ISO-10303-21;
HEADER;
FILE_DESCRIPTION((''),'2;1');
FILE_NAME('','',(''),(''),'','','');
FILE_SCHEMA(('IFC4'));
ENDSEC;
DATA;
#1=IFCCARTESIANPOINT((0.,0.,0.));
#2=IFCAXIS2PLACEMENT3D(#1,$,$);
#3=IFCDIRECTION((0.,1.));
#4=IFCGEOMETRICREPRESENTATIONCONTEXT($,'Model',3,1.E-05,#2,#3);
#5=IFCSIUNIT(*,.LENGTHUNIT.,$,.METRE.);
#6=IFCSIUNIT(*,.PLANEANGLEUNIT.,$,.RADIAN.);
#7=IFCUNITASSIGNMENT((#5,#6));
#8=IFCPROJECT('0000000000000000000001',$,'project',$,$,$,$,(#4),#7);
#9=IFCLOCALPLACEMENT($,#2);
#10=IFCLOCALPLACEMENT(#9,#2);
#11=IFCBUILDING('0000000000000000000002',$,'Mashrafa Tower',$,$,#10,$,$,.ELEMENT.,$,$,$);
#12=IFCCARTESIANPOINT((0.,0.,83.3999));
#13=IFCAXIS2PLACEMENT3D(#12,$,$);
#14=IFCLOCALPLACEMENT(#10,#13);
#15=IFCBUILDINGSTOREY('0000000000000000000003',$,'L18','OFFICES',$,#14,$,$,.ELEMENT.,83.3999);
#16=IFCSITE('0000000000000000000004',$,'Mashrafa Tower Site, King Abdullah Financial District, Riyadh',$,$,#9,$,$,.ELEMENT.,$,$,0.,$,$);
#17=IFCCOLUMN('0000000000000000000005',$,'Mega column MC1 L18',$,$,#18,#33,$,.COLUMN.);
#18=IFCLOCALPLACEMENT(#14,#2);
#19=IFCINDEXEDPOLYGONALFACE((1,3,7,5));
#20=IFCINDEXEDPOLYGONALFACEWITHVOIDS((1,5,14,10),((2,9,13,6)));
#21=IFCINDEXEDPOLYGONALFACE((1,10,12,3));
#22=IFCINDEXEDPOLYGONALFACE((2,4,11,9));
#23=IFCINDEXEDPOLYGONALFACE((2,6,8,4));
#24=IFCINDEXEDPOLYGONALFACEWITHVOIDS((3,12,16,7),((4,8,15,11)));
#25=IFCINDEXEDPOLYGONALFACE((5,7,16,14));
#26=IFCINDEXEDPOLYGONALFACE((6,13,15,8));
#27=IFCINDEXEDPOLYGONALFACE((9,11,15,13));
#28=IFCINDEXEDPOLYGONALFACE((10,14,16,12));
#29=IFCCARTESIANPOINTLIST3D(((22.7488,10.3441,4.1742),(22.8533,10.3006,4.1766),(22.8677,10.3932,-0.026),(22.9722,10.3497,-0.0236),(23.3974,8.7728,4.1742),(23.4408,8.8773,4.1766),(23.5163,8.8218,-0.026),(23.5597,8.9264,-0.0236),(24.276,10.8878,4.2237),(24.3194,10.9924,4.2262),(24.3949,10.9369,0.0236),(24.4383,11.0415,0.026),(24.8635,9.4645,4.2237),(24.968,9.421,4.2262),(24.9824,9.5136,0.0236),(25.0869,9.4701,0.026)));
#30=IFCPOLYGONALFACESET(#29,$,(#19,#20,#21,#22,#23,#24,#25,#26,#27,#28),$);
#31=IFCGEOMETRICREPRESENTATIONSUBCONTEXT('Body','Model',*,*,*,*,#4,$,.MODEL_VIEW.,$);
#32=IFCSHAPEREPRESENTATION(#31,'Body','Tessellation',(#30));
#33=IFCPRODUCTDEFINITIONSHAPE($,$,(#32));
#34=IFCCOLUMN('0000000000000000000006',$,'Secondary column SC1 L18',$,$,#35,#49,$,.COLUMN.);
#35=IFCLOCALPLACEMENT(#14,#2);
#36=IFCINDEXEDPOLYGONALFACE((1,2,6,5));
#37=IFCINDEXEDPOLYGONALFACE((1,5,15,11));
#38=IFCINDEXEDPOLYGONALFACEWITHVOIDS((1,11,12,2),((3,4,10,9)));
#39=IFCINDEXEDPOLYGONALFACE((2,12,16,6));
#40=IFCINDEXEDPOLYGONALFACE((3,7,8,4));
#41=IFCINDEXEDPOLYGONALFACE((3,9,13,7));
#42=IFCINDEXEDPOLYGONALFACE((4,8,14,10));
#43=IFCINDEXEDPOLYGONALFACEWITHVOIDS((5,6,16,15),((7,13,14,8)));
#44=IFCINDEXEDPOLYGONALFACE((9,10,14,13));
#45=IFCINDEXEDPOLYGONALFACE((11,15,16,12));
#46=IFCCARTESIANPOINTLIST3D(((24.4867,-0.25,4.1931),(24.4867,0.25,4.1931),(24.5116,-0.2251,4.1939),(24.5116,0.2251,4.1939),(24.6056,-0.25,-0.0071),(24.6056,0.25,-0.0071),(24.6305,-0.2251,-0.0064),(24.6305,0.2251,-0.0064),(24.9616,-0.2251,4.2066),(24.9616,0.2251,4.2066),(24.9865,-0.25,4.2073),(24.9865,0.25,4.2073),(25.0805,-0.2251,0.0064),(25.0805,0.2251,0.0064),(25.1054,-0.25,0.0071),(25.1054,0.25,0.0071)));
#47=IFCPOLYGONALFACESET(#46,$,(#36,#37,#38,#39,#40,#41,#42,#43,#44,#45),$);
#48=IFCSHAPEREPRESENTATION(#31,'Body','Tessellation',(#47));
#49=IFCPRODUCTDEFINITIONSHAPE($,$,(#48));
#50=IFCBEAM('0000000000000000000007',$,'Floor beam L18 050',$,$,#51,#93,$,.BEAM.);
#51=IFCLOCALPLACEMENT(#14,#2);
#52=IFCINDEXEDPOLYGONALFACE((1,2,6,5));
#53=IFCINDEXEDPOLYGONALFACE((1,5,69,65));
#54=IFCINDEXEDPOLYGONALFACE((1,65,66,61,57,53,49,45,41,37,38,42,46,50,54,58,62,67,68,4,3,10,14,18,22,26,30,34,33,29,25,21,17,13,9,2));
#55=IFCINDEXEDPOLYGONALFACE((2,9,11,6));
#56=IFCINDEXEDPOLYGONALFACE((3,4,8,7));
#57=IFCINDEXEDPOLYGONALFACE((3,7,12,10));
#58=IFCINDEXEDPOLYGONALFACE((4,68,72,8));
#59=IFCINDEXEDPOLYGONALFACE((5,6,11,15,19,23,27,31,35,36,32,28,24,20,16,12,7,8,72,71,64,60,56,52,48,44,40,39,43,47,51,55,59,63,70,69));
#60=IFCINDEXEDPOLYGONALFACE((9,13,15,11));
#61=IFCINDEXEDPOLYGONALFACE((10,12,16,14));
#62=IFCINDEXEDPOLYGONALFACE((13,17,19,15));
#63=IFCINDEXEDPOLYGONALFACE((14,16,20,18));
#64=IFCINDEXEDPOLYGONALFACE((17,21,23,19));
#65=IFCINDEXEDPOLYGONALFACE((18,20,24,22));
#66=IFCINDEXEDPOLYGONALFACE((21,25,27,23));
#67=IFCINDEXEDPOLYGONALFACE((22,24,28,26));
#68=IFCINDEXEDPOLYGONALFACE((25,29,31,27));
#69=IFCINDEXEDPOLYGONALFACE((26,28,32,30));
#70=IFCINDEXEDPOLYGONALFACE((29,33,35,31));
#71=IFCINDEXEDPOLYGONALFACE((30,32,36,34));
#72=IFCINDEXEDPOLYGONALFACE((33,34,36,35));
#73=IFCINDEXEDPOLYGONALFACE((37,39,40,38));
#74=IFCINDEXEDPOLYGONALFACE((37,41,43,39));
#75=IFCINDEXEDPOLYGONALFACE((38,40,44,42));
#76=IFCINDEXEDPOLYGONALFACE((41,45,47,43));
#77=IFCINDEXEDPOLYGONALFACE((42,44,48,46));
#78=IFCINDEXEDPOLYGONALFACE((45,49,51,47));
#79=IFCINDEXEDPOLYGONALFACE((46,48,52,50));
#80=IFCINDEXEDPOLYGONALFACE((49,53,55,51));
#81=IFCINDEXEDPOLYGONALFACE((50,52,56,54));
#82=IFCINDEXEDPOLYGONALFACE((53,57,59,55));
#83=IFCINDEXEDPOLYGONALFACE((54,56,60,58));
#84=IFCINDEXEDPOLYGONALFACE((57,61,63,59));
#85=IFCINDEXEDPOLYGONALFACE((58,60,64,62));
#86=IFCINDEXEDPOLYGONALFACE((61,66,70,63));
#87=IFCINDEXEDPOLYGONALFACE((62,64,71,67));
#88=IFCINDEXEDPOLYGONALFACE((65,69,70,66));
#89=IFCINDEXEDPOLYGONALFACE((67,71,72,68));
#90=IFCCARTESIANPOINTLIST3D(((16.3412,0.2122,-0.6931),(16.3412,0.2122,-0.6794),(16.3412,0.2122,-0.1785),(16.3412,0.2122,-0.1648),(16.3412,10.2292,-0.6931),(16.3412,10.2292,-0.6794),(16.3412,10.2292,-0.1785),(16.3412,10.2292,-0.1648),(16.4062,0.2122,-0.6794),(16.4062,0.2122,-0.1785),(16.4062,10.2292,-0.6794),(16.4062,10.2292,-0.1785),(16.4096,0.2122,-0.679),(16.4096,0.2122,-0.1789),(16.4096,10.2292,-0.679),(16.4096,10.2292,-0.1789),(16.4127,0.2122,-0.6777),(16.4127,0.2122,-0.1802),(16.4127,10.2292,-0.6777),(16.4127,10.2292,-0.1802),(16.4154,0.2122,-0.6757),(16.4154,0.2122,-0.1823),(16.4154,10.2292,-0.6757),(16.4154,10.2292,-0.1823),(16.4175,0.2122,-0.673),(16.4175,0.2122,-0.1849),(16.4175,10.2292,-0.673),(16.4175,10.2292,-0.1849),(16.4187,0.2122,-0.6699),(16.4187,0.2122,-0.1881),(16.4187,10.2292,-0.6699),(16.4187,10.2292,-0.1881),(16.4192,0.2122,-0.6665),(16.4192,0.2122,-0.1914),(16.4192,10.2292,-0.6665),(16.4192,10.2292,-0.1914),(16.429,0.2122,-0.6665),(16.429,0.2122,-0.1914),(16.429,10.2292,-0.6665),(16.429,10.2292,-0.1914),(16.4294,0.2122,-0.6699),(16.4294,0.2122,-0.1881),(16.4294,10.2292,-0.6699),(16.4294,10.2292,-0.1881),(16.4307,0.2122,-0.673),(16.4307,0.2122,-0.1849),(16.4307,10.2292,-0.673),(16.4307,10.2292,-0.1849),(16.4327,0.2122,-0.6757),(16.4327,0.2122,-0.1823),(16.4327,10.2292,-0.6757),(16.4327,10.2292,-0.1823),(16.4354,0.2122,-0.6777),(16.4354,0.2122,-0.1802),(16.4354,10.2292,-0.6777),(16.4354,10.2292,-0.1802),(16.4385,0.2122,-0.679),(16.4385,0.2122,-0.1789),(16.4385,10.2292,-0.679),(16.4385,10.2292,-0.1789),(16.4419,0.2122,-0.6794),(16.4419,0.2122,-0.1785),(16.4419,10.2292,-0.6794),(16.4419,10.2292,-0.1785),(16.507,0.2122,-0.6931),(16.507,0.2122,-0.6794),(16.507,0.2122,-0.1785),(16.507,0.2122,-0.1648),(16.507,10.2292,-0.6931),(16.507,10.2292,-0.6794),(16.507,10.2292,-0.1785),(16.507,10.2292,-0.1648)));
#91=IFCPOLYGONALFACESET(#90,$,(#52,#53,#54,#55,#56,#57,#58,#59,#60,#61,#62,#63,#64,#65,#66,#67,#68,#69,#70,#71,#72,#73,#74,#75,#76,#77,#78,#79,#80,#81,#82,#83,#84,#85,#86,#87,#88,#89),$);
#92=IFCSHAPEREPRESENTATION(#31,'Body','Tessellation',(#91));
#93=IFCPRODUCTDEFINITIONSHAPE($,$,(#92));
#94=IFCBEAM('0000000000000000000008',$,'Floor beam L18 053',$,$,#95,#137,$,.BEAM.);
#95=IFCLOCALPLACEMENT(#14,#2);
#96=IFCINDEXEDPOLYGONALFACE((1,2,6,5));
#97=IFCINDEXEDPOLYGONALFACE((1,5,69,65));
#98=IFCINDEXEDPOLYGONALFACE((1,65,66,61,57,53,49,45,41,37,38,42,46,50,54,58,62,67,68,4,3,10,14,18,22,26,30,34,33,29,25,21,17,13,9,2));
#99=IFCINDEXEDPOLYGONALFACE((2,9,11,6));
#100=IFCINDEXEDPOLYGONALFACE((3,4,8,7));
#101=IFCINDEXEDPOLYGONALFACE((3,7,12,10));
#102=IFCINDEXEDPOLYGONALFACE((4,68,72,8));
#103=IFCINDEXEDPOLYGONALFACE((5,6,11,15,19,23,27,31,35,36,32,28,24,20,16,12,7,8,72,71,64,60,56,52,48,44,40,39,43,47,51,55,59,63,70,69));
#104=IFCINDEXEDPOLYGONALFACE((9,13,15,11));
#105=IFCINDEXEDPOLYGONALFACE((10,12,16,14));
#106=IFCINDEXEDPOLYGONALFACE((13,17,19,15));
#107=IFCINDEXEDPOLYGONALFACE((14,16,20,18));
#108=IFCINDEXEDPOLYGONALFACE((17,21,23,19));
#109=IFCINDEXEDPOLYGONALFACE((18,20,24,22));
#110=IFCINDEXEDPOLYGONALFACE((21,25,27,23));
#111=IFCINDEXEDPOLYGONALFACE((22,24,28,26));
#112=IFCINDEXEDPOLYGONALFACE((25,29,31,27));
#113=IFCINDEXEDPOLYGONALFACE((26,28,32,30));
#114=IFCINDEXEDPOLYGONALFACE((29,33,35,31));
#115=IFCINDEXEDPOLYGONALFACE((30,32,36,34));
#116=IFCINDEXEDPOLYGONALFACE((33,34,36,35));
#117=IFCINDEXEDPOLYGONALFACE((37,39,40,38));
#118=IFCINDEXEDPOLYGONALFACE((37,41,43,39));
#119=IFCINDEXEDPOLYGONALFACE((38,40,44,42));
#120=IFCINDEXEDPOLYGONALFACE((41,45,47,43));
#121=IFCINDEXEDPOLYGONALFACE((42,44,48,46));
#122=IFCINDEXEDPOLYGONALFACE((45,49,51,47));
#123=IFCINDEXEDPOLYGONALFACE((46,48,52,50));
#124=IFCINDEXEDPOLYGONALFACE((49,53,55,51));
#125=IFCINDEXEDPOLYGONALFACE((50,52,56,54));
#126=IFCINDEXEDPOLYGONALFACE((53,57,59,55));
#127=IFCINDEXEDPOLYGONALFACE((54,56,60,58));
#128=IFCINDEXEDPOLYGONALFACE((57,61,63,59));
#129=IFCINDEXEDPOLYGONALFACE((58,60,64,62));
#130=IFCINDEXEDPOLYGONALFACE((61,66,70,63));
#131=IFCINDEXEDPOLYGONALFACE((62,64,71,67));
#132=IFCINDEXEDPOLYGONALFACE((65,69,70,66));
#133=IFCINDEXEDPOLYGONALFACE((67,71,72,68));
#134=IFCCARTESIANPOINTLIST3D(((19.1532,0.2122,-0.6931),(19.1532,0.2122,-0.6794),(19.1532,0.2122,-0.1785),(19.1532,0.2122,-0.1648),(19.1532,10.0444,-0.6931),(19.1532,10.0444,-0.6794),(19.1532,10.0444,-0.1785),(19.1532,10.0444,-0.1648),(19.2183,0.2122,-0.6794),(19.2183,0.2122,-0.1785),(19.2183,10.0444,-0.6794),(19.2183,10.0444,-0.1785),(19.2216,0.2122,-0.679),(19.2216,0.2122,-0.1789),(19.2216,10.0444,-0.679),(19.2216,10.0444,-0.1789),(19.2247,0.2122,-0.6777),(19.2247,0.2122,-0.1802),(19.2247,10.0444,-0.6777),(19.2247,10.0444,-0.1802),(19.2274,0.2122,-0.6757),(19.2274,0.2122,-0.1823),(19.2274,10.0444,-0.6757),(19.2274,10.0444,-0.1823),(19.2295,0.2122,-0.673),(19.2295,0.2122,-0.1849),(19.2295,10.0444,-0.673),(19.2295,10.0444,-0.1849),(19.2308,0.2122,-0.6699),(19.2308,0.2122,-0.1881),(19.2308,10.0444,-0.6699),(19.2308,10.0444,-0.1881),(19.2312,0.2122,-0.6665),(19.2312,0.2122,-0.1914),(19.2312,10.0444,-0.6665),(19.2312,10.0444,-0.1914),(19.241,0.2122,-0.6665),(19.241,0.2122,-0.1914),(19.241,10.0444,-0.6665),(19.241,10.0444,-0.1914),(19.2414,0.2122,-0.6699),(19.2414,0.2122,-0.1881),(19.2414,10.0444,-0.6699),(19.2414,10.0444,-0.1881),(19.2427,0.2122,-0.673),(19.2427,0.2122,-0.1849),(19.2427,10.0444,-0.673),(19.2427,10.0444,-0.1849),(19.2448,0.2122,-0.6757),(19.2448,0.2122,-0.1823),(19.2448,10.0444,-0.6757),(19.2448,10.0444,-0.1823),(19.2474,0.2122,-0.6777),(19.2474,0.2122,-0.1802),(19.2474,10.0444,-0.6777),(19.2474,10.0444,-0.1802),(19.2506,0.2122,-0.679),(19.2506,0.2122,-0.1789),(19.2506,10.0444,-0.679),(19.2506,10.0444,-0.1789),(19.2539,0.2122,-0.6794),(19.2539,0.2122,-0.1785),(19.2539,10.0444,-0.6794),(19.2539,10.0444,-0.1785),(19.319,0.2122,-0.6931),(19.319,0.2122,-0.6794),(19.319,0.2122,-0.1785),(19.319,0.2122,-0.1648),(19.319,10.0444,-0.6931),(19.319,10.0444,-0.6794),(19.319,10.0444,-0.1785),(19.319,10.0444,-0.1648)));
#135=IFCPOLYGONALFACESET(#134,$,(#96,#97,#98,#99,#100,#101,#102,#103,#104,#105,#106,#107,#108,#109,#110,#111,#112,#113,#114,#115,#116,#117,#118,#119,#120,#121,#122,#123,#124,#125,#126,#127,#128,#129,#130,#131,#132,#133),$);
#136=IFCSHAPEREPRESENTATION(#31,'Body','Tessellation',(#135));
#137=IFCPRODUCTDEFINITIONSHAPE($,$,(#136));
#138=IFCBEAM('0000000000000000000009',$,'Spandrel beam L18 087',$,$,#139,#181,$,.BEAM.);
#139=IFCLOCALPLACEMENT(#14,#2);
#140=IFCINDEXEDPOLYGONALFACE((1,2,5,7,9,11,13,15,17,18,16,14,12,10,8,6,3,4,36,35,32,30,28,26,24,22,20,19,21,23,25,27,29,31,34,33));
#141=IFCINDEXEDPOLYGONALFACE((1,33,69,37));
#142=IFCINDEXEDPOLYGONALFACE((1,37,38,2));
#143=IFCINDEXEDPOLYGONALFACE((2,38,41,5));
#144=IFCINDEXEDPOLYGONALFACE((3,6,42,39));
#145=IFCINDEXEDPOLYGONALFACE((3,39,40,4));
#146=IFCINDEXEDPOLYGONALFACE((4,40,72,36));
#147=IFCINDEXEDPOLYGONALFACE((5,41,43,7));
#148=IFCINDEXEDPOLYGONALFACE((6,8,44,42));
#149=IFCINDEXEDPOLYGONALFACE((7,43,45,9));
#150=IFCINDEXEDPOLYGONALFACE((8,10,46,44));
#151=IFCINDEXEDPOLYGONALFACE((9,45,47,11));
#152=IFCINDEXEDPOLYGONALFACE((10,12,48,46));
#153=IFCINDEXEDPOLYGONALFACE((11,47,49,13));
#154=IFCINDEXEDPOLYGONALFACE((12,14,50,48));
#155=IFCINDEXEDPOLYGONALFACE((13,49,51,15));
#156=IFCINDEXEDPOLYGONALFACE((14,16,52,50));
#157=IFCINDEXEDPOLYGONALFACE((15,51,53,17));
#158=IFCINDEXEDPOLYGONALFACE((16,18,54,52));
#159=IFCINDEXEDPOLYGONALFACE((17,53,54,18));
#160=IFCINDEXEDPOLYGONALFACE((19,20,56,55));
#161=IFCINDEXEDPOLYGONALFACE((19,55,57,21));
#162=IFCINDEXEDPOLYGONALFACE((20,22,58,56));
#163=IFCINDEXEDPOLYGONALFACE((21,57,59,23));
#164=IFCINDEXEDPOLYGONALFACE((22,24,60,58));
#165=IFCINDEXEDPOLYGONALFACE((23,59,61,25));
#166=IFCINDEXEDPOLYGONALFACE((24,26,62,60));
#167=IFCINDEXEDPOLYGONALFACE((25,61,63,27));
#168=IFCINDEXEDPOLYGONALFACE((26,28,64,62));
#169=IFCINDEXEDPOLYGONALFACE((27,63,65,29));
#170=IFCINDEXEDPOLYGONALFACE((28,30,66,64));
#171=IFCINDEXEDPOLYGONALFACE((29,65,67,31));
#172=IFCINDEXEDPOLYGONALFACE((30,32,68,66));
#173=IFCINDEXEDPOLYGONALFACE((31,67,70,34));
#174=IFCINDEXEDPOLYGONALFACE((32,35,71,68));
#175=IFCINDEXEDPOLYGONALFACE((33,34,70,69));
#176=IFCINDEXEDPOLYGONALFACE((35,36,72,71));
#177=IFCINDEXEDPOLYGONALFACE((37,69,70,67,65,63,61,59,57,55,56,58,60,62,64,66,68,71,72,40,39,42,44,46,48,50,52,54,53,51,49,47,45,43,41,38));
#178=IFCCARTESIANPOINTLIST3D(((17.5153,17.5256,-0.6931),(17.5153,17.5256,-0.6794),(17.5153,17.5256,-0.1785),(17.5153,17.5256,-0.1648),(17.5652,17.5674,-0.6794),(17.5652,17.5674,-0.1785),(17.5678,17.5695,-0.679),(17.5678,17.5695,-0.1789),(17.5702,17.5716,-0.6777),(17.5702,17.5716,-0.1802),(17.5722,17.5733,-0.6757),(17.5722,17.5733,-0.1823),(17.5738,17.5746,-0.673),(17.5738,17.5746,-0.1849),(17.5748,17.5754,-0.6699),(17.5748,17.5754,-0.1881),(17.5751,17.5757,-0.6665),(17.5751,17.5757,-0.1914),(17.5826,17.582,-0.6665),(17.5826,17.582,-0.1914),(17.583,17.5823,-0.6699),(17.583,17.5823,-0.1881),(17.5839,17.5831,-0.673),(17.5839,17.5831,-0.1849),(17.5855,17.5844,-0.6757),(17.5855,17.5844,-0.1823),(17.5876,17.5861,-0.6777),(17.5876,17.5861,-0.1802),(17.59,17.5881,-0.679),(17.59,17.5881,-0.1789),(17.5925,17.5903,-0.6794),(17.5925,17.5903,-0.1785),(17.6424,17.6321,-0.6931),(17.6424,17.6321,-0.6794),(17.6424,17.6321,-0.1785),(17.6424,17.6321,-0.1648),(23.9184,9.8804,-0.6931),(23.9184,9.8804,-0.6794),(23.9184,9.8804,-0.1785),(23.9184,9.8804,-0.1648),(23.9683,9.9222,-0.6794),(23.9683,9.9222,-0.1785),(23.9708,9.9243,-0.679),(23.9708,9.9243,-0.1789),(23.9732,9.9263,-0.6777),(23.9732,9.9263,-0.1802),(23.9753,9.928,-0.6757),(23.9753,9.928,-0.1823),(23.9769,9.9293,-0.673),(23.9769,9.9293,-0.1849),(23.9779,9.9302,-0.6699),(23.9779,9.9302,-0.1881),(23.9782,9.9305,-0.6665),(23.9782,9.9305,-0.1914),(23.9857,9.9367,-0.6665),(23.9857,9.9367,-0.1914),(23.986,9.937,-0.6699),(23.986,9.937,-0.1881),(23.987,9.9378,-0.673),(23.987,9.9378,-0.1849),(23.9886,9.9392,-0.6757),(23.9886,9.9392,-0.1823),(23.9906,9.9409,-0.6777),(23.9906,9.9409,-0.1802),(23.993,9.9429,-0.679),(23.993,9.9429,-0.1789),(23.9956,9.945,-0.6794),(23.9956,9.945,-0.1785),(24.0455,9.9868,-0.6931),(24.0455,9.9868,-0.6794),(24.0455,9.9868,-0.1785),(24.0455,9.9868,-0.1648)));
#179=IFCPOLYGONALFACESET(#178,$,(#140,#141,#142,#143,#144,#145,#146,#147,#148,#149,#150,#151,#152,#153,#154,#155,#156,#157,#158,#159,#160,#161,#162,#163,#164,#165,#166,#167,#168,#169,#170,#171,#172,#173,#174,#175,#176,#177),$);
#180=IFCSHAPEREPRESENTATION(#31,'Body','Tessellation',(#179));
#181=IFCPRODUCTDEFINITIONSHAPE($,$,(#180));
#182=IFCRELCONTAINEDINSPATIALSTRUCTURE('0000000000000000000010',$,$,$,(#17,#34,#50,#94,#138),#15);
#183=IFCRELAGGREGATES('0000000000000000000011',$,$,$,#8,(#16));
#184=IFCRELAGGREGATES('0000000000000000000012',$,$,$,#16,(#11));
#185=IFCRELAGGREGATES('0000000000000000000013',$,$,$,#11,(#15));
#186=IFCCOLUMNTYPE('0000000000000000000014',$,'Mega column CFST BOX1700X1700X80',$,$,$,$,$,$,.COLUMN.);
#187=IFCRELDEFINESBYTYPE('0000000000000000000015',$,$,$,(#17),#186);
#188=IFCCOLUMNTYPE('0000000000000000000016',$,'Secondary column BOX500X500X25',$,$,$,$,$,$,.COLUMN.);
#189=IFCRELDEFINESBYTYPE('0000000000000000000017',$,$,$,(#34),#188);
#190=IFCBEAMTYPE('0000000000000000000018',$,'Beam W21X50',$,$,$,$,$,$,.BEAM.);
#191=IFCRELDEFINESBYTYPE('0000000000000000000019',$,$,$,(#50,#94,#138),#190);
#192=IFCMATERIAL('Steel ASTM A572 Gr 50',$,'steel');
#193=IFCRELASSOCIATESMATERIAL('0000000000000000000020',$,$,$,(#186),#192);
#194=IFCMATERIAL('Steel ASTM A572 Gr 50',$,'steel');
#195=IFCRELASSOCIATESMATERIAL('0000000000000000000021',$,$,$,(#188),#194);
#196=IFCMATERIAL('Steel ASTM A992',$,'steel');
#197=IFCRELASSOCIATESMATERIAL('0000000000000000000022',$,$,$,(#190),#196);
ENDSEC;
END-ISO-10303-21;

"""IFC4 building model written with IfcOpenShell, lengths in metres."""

from ifc_helpers import new_model, si_unit, direction, frame, origin, origin_2d, place, context, subcontext, project, spatial, hollow_rectangle, i_section, extrude, material, material_profile, profile_set, type_object, element, save


model = new_model("IFC4")

# Units and contexts
model_context = context("Model", 3, precision=1e-05, world=origin(), true_north=direction((0.0, 1.0)))
body_context = subcontext(model_context, "Body", "Model", "MODEL_VIEW")
ifc_project = project(units=[si_unit("LENGTHUNIT", "METRE"), si_unit("PLANEANGLEUNIT", "RADIAN")], contexts=[model_context])

# Site, building, storey
site_placement = place(None, origin())
site = spatial("IfcSite", under=ifc_project, at=site_placement, Name="Mashrafa Tower Site, King Abdullah Financial District, Riyadh", CompositionType="ELEMENT", RefElevation=0.0)
building_placement = place(site_placement, origin())
building = spatial("IfcBuilding", under=site, at=building_placement, Name="Mashrafa Tower", CompositionType="ELEMENT")
storey_placement = place(building_placement, frame((0.0, 0.0, 83.3999)))
storey = spatial("IfcBuildingStorey", under=building, at=storey_placement, Name="L18", Description="OFFICES", CompositionType="ELEMENT", Elevation=83.3999)

# Columns
ifc_material_1 = material(Name="Steel ASTM A572 Gr 50", Category="steel")
ifc_material_profile_1 = material_profile(ifc_material_1, hollow_rectangle(XDim=1.7, YDim=1.7, WallThickness=0.0801, at=origin_2d()), Name="BOX1700X1700X80")
ifc_profile_set_1 = profile_set([ifc_material_profile_1], Name="Steel ASTM A572 Gr 50")
column_type_1 = type_object("IfcColumnType", Name="Mega column CFST BOX1700X1700X80", PredefinedType="COLUMN", material=ifc_profile_set_1)
column_1_placement = place(storey_placement, frame((23.9773, 9.9316, 0.0), z_axis=(-0.028294, -0.011678, 0.999531), x_axis=(0.381513, -0.924363, 0.0)))
element("IfcColumn", 1, at=column_1_placement, inside=storey, type_object=column_type_1, Name="Mega column MC1 L18", PredefinedType="COLUMN", context=body_context, shape_type="SweptSolid", body=[
    extrude(hollow_rectangle(XDim=1.7, YDim=1.7, WallThickness=0.0801, at=origin_2d()), origin(), (0.0, 0.0, 1.0), 4.2021),
])
ifc_material_2 = material(Name="Steel ASTM A572 Gr 50", Category="steel")
ifc_material_profile_2 = material_profile(ifc_material_2, hollow_rectangle(XDim=0.5, YDim=0.5, WallThickness=0.0249, at=origin_2d()), Name="BOX500X500X25")
ifc_profile_set_2 = profile_set([ifc_material_profile_2], Name="Steel ASTM A572 Gr 50")
column_type_2 = type_object("IfcColumnType", Name="Secondary column BOX500X500X25", PredefinedType="COLUMN", material=ifc_profile_set_2)
column_2_placement = place(storey_placement, frame((24.8555, 0.0, 0.0), z_axis=(-0.028296, 0.0, 0.9996), x_axis=(0.0, -1.0, 0.0)))
element("IfcColumn", 2, at=column_2_placement, inside=storey, type_object=column_type_2, Name="Secondary column SC1 L18", PredefinedType="COLUMN", context=body_context, shape_type="SweptSolid", body=[
    extrude(hollow_rectangle(XDim=0.5, YDim=0.5, WallThickness=0.0249, at=origin_2d()), origin(), (0.0, 0.0, 1.0), 4.2019),
])

# Beams
ifc_material_3 = material(Name="Steel ASTM A992", Category="steel")
ifc_material_profile_3 = material_profile(ifc_material_3, i_section(OverallWidth=0.1658, OverallDepth=0.5283, WebThickness=0.0098, FlangeThickness=0.0137, FilletRadius=0.0129, at=origin_2d()), Name="W21X50")
ifc_profile_set_3 = profile_set([ifc_material_profile_3], Name="Steel ASTM A992")
beam_type_1 = type_object("IfcBeamType", Name="Beam W21X50", PredefinedType="BEAM", material=ifc_profile_set_3)
beam_1_placement = place(storey_placement, frame((16.4241, 10.2292, -0.429), z_axis=(0.0, -1.0, 0.0), x_axis=(1.0, 0.0, 0.0)))
element("IfcBeam", 3, at=beam_1_placement, inside=storey, type_object=beam_type_1, Name="Floor beam L18 050", PredefinedType="BEAM", context=body_context, shape_type="SweptSolid", body=[
    extrude(i_section(OverallWidth=0.1658, OverallDepth=0.5283, WebThickness=0.0098, FlangeThickness=0.0137, FilletRadius=0.0129, at=origin_2d()), origin(), (0.0, 0.0, 1.0), 10.0171),
])
beam_2_placement = place(storey_placement, frame((19.2361, 10.0444, -0.429), z_axis=(0.0, -1.0, 0.0), x_axis=(1.0, 0.0, 0.0)))
element("IfcBeam", 4, at=beam_2_placement, inside=storey, type_object=beam_type_1, Name="Floor beam L18 053", PredefinedType="BEAM", context=body_context, shape_type="SweptSolid", body=[
    extrude(i_section(OverallWidth=0.1658, OverallDepth=0.5283, WebThickness=0.0098, FlangeThickness=0.0137, FilletRadius=0.0129, at=origin_2d()), origin(), (0.0, 0.0, 1.0), 9.8323),
])
for number, where, z_axis, x_axis, name in (
    (5, (23.9819, 9.9336, -0.429), (-0.642078, 0.76664, 0.0), (-0.76664, -0.642078, 0.0), "Spandrel beam L18 087"),
):
    element("IfcBeam", number, at=place(storey_placement, frame(where, z_axis=z_axis, x_axis=x_axis)), inside=storey, type_object=beam_type_1, Name=name, PredefinedType="BEAM", context=body_context, shape_type="SweptSolid", body=[
        extrude(i_section(OverallWidth=0.1658, OverallDepth=0.5283, WebThickness=0.0098, FlangeThickness=0.0137, FilletRadius=0.0129, at=origin_2d()), origin(), (0.0, 0.0, 1.0), 9.9724),
    ])

save(model, "model.ifc")
